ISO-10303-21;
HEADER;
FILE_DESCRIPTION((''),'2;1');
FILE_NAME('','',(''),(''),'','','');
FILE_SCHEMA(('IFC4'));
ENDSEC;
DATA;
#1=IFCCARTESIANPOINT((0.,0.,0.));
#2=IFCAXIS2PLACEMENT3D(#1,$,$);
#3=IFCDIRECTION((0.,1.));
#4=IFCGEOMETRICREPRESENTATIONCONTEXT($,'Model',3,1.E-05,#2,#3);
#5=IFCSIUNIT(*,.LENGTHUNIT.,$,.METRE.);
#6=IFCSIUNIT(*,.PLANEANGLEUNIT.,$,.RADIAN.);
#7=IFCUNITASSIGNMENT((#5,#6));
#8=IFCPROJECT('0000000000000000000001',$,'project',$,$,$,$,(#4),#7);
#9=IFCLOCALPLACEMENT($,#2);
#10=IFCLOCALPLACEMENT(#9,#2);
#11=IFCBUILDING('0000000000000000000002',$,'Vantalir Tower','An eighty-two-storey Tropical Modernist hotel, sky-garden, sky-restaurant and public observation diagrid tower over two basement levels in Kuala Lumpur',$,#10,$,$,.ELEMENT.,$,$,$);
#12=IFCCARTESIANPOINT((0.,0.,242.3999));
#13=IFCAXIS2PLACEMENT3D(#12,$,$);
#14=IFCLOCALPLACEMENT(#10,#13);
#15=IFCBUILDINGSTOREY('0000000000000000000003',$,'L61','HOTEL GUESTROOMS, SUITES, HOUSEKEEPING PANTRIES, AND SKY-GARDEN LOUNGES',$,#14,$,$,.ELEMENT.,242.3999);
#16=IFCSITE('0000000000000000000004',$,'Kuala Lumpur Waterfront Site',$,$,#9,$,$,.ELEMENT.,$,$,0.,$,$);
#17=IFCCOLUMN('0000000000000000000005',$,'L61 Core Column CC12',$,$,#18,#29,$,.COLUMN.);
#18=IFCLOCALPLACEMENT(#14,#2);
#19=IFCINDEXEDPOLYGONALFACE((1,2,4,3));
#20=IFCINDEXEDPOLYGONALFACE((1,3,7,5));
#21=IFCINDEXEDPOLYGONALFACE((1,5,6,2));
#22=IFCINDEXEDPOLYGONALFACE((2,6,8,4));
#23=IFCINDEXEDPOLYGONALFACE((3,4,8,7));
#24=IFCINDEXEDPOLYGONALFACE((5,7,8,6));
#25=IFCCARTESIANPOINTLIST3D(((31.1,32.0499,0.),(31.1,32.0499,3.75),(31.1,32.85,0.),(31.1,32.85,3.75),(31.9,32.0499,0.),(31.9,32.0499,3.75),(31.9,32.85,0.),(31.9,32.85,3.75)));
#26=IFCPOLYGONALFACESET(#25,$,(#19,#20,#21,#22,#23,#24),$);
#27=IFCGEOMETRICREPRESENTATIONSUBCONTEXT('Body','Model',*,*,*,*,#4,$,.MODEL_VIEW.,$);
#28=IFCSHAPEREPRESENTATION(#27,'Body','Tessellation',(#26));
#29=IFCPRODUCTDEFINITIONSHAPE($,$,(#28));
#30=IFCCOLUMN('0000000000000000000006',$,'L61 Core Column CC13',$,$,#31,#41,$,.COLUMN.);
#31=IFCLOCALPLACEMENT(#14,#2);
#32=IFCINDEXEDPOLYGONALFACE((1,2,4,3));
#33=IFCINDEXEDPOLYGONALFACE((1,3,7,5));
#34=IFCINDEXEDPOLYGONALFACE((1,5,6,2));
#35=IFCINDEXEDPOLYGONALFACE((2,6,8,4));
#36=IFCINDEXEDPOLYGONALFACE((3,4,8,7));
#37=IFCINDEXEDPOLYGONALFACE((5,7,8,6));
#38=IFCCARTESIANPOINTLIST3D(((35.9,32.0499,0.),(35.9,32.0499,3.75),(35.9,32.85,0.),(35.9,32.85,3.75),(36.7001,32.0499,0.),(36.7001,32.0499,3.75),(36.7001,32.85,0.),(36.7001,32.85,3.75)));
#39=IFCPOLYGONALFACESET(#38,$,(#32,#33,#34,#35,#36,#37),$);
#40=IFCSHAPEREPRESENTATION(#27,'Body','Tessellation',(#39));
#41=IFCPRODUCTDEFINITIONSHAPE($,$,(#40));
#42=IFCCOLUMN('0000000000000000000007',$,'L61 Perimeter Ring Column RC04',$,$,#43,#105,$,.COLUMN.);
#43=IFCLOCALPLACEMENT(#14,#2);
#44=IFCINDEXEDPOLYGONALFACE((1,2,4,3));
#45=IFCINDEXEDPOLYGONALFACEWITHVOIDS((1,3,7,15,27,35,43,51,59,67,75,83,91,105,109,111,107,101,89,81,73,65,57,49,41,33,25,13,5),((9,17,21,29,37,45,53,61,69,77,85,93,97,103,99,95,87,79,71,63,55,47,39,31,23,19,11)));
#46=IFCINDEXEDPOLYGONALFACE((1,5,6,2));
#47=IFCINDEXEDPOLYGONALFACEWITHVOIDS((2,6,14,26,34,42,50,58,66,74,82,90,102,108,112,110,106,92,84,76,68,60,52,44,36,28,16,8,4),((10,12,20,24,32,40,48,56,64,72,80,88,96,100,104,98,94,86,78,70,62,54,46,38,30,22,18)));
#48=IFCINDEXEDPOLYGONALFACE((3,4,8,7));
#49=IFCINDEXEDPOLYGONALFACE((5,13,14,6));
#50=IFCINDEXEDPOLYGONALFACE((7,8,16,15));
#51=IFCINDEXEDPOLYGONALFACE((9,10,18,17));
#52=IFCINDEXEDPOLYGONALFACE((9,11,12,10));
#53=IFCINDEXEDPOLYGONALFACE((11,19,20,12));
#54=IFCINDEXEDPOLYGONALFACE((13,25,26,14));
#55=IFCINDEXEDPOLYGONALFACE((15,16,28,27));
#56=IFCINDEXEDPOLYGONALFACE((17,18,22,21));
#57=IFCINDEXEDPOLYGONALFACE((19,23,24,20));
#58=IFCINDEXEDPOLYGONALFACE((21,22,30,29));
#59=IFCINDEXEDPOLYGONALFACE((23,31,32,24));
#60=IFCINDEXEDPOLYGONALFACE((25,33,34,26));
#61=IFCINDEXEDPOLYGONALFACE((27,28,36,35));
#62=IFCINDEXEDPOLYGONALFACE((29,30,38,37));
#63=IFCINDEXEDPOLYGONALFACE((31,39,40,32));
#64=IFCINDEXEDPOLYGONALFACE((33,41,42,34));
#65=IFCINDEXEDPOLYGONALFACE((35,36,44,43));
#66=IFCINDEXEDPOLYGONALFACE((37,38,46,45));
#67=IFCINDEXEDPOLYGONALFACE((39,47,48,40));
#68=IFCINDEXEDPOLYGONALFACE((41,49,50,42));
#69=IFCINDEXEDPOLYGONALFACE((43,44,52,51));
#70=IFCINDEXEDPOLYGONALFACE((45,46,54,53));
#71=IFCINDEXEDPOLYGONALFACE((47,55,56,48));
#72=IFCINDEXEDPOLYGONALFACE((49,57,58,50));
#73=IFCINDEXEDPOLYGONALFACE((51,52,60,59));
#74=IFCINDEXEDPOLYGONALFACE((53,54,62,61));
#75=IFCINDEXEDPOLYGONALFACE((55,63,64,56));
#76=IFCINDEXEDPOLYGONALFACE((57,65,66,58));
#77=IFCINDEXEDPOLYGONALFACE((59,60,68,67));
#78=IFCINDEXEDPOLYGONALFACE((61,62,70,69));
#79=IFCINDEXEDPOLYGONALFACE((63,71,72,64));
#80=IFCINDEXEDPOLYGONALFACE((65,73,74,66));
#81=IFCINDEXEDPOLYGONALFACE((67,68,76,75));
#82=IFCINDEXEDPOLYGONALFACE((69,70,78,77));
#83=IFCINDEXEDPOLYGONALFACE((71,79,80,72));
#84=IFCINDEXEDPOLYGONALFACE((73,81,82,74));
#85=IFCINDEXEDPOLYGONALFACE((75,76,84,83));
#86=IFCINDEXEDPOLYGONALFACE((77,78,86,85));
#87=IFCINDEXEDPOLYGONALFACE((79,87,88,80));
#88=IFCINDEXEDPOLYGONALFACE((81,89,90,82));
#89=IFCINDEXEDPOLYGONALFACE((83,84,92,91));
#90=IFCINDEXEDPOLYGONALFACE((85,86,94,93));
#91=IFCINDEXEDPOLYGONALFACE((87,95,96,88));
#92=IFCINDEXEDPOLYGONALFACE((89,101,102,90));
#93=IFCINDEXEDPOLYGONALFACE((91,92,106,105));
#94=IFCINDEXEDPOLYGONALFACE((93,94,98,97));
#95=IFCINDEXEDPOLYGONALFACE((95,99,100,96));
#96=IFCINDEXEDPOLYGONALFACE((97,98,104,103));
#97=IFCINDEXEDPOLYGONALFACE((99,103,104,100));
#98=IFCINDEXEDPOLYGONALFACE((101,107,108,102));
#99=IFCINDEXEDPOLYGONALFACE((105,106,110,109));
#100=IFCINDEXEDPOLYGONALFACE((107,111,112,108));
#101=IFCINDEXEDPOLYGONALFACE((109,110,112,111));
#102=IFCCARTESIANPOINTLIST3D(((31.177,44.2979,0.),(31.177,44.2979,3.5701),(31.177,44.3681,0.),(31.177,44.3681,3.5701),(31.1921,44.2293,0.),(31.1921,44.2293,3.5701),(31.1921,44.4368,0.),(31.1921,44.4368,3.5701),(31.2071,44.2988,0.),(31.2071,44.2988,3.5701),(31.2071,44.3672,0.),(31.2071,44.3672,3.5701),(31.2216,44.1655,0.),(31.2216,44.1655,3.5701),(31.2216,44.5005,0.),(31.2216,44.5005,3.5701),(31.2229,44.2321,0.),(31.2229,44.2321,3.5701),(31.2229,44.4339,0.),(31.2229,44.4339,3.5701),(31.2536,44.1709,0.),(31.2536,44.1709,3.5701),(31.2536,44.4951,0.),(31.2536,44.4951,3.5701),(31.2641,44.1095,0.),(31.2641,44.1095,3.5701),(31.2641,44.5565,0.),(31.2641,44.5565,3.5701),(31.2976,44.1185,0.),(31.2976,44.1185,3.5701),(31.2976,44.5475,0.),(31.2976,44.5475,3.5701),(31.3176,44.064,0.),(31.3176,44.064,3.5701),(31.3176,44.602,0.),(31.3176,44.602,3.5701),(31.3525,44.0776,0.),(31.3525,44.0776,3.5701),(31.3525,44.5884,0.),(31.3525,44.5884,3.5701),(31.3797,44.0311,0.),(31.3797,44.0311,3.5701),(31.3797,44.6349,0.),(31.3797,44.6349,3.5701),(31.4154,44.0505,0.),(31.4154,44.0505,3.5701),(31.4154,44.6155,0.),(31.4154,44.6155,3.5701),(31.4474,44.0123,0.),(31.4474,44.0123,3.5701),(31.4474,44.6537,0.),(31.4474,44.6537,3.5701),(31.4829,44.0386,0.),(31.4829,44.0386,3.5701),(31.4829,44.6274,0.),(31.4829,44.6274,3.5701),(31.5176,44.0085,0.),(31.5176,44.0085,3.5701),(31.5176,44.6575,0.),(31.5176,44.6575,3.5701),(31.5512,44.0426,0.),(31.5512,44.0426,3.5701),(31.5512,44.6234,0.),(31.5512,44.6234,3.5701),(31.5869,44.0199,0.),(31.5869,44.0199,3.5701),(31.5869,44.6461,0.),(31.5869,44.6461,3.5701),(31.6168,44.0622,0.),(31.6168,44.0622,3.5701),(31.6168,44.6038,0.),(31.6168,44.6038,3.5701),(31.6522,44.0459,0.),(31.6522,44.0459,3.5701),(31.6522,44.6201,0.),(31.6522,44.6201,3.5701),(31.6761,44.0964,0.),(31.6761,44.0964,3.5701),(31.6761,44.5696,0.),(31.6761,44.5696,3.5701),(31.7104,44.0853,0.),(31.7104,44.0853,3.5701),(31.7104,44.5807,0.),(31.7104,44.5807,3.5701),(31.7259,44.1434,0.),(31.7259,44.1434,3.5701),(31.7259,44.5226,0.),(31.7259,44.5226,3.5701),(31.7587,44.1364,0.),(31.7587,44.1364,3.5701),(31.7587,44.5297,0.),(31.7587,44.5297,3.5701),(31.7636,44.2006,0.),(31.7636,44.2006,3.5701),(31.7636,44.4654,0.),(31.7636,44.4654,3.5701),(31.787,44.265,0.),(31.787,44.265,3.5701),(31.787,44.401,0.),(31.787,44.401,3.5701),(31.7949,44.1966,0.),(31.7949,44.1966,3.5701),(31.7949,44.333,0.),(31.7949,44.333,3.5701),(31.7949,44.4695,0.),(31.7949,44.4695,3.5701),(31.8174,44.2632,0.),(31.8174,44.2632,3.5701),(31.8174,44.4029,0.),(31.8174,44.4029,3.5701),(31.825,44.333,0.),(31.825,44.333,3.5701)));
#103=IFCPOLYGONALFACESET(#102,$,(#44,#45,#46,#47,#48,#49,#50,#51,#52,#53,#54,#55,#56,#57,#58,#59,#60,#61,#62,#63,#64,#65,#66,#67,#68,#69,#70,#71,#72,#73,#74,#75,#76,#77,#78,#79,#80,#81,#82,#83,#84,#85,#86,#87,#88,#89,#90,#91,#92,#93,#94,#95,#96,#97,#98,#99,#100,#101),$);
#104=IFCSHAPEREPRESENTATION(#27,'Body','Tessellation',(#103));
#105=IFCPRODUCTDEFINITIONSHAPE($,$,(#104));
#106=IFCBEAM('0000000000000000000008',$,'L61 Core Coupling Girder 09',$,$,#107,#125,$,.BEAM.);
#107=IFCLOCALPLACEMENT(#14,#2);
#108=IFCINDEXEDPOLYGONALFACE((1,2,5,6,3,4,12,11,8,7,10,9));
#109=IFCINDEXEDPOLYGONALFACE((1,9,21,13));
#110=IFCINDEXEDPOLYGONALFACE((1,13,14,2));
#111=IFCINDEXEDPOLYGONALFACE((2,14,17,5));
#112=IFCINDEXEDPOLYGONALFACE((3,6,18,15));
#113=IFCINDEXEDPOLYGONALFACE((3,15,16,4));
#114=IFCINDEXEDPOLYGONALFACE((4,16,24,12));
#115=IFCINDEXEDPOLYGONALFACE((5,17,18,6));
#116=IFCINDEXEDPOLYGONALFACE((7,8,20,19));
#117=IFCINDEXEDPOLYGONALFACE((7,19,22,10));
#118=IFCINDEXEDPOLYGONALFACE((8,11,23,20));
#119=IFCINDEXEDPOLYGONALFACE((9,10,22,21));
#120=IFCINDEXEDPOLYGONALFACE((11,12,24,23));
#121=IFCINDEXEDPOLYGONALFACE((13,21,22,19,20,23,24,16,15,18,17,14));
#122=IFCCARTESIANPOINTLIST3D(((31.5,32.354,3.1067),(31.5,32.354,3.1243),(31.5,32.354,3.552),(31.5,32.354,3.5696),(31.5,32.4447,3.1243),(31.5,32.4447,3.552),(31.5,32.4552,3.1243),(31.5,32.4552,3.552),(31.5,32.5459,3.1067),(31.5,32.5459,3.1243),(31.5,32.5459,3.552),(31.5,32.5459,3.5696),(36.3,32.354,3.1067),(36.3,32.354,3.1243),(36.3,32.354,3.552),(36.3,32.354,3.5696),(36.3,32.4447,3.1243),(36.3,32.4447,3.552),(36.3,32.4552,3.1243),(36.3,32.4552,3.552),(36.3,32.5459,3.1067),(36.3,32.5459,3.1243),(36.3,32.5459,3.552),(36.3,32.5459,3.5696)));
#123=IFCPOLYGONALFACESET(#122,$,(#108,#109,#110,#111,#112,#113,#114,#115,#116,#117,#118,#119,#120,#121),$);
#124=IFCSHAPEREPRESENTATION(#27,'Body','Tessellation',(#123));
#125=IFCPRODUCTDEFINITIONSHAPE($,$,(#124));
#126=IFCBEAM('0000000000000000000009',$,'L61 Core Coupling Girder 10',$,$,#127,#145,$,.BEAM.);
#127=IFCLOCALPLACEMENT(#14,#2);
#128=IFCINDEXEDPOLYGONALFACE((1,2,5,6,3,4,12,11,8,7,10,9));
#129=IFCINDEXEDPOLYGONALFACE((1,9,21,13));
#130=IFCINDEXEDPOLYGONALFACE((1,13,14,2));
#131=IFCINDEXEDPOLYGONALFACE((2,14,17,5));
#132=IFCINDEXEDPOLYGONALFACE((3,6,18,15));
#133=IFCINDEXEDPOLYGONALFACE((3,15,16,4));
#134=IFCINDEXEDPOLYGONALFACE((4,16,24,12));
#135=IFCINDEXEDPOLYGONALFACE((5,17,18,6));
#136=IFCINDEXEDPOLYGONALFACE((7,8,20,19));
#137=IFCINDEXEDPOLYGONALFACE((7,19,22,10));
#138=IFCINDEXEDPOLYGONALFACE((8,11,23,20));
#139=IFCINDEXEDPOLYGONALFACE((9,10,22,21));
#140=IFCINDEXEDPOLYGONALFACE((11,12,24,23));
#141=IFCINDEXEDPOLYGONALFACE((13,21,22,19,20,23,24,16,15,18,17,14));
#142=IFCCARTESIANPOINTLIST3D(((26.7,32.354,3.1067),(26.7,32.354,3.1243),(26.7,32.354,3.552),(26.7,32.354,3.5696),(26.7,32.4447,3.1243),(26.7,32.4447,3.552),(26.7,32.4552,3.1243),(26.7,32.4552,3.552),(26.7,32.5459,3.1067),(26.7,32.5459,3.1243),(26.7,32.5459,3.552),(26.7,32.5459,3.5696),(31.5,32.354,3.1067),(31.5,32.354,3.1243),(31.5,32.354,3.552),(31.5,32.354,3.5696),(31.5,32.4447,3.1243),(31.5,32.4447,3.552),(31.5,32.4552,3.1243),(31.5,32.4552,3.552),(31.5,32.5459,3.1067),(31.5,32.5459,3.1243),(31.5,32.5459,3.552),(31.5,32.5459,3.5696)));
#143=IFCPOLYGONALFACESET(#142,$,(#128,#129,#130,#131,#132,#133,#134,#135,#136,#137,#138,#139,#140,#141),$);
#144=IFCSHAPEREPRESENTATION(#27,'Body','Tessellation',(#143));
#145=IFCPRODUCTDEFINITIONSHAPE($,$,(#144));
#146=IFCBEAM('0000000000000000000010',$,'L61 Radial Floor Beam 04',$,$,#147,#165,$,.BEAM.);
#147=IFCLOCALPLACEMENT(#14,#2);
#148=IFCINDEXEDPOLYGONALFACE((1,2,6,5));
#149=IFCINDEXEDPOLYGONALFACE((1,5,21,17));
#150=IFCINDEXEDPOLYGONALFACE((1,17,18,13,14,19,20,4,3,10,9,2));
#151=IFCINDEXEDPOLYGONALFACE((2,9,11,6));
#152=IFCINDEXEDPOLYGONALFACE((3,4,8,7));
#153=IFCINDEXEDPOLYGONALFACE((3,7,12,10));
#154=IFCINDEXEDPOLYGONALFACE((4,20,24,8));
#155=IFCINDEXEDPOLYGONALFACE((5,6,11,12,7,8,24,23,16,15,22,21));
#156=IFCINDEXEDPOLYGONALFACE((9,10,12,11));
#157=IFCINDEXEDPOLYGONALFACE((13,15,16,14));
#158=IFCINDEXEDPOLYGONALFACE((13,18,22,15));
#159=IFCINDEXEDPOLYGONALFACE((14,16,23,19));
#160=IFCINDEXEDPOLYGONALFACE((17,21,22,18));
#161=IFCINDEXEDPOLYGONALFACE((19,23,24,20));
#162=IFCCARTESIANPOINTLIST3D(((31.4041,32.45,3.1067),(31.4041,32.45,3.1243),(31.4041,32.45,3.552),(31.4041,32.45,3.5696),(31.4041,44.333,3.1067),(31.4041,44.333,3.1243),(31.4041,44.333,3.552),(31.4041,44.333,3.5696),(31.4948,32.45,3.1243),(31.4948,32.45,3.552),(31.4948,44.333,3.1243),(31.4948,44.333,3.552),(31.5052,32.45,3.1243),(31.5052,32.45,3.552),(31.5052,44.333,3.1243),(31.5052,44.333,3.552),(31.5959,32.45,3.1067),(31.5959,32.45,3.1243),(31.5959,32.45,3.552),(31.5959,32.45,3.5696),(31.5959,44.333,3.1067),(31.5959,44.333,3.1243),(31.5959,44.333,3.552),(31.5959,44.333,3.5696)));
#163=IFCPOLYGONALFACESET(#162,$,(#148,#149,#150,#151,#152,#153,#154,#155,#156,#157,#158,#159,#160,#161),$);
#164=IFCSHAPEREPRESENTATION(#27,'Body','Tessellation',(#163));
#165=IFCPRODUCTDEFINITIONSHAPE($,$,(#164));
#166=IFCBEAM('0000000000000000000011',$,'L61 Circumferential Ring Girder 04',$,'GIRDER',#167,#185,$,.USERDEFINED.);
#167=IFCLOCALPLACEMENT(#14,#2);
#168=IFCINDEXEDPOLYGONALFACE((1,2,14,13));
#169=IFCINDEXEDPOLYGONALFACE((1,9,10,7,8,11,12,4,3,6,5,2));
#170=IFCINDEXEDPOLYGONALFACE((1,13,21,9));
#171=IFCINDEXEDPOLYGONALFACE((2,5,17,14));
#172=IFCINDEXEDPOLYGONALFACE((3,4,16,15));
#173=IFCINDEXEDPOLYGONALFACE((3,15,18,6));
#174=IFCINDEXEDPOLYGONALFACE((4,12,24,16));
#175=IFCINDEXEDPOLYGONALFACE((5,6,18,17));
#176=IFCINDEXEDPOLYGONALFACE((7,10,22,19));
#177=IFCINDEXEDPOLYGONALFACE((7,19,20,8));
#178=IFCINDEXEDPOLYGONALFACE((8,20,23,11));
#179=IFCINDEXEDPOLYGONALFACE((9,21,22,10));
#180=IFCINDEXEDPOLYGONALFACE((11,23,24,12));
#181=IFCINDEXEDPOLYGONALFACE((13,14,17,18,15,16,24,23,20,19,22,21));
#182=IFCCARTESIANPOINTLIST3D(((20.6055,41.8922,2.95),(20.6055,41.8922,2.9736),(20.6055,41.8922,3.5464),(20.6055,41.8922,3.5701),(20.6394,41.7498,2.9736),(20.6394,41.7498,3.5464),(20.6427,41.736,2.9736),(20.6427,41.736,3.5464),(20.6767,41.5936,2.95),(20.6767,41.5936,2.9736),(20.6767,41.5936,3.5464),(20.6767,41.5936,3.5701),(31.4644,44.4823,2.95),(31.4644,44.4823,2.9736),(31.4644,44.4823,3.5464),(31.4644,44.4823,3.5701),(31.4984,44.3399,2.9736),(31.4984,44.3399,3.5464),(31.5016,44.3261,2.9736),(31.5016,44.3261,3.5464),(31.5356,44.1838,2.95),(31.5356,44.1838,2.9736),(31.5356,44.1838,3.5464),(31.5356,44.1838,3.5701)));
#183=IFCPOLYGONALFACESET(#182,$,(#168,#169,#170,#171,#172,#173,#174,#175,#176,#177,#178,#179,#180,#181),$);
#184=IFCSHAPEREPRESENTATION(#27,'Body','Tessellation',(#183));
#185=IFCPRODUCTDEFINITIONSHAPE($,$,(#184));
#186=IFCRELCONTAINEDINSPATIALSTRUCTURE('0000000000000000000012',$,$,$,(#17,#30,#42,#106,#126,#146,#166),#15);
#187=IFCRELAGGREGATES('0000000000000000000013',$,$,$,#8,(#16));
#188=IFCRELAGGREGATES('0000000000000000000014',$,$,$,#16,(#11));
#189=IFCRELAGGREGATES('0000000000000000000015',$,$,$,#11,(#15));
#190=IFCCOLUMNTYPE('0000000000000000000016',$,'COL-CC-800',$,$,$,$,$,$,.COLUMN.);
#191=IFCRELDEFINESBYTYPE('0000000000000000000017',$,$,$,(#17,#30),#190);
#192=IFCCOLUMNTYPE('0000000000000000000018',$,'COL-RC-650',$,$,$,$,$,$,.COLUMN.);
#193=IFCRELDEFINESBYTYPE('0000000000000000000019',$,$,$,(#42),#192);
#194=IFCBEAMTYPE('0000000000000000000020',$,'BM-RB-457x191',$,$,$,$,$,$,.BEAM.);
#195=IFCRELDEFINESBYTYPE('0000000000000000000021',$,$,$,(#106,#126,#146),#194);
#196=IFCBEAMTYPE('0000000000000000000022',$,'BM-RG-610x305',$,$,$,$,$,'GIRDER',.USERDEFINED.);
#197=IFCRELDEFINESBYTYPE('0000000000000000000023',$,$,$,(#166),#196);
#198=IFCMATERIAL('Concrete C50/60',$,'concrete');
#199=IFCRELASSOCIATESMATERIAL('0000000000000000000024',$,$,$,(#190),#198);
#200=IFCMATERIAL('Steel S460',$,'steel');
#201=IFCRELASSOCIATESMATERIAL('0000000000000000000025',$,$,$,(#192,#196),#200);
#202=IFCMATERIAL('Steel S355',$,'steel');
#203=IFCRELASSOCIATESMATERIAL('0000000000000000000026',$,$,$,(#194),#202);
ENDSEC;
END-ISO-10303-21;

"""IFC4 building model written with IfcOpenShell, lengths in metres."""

from ifc_helpers import new_model, si_unit, direction, frame, origin, origin_2d, place, context, subcontext, project, spatial, rectangle, hollow_circle, i_section, extrude, material, material_profile, profile_set, type_object, element, save


model = new_model("IFC4")

# Units and contexts
model_context = context("Model", 3, precision=1e-05, world=origin(), true_north=direction((0.0, 1.0)))
body_context = subcontext(model_context, "Body", "Model", "MODEL_VIEW")
ifc_project = project(units=[si_unit("LENGTHUNIT", "METRE"), si_unit("PLANEANGLEUNIT", "RADIAN")], contexts=[model_context])

# Site, building, storey
site_placement = place(None, origin())
site = spatial("IfcSite", under=ifc_project, at=site_placement, Name="Kuala Lumpur Waterfront Site", CompositionType="ELEMENT", RefElevation=0.0)
building_placement = place(site_placement, origin())
building = spatial("IfcBuilding", under=site, at=building_placement, Name="Vantalir Tower", Description="An eighty-two-storey Tropical Modernist hotel, sky-garden, sky-restaurant and public observation diagrid tower over two basement levels in Kuala Lumpur", CompositionType="ELEMENT")
storey_placement = place(building_placement, frame((0.0, 0.0, 242.3999)))
storey = spatial("IfcBuildingStorey", under=building, at=storey_placement, Name="L61", Description="HOTEL GUESTROOMS, SUITES, HOUSEKEEPING PANTRIES, AND SKY-GARDEN LOUNGES", CompositionType="ELEMENT", Elevation=242.3999)

# Columns
ifc_material_1 = material(Name="Concrete C50/60", Category="concrete")
ifc_material_profile_1 = material_profile(ifc_material_1, rectangle(XDim=0.8, YDim=0.8, at=origin_2d()), Name="Concrete C50/60")
ifc_profile_set_1 = profile_set([ifc_material_profile_1], Name="Concrete C50/60")
column_type_1 = type_object("IfcColumnType", Name="COL-CC-800", PredefinedType="COLUMN", material=ifc_profile_set_1)
for number, where, z_axis, x_axis, name in (
    (1, (31.5, 32.45, 0.0), (0.0, 0.0, 1.0), (1.0, 0.0, 0.0), "L61 Core Column CC12"),
    (2, (36.3, 32.45, 0.0), (0.0, 0.0, 1.0), (1.0, 0.0, 0.0), "L61 Core Column CC13"),
):
    element("IfcColumn", number, at=place(storey_placement, frame(where, z_axis=z_axis, x_axis=x_axis)), inside=storey, type_object=column_type_1, Name=name, PredefinedType="COLUMN", context=body_context, shape_type="SweptSolid", body=[
        extrude(rectangle(XDim=0.8, YDim=0.8, at=origin_2d()), origin(), (0.0, 0.0, 1.0), 3.75),
    ])
ifc_material_2 = material(Name="Steel S460", Category="steel")
ifc_material_profile_2 = material_profile(ifc_material_2, hollow_circle(Radius=0.325, WallThickness=0.03, at=origin_2d()), Name="Steel S460")
ifc_profile_set_2 = profile_set([ifc_material_profile_2], Name="Steel S460")
column_type_2 = type_object("IfcColumnType", Name="COL-RC-650", PredefinedType="COLUMN", material=ifc_profile_set_2)
column_placement = place(storey_placement, frame((31.5, 44.333, 0.0), z_axis=(0.0, 0.0, 1.0), x_axis=(1.0, 0.0, 0.0)))
element("IfcColumn", 3, at=column_placement, inside=storey, type_object=column_type_2, Name="L61 Perimeter Ring Column RC04", PredefinedType="COLUMN", context=body_context, shape_type="SweptSolid", body=[
    extrude(hollow_circle(Radius=0.325, WallThickness=0.03, at=origin_2d()), origin(), (0.0, 0.0, 1.0), 3.5701),
])

# Beams
ifc_material_3 = material(Name="Steel S355", Category="steel")
ifc_material_profile_3 = material_profile(ifc_material_3, i_section(OverallWidth=0.1919, OverallDepth=0.4629, WebThickness=0.0105, FlangeThickness=0.0176, at=origin_2d()), Name="Steel S355")
ifc_profile_set_3 = profile_set([ifc_material_profile_3], Name="Steel S355")
beam_type_1 = type_object("IfcBeamType", Name="BM-RB-457x191", PredefinedType="BEAM", material=ifc_profile_set_3)
for number, where, z_axis, x_axis, name in (
    (4, (36.3, 32.45, 3.3381), (-1.0, 0.0, 0.0), (0.0, -1.0, 0.0), "L61 Core Coupling Girder 09"),
    (5, (31.5, 32.45, 3.3381), (-1.0, 0.0, 0.0), (0.0, -1.0, 0.0), "L61 Core Coupling Girder 10"),
):
    element("IfcBeam", number, at=place(storey_placement, frame(where, z_axis=z_axis, x_axis=x_axis)), inside=storey, type_object=beam_type_1, Name=name, PredefinedType="BEAM", context=body_context, shape_type="SweptSolid", body=[
        extrude(i_section(OverallWidth=0.1919, OverallDepth=0.4629, WebThickness=0.0105, FlangeThickness=0.0176, at=origin_2d()), origin(), (0.0, 0.0, 1.0), 4.8),
    ])
beam_1_placement = place(storey_placement, frame((31.5, 44.333, 3.3381), z_axis=(0.0, -1.0, 0.0), x_axis=(1.0, 0.0, 0.0)))
element("IfcBeam", 6, at=beam_1_placement, inside=storey, type_object=beam_type_1, Name="L61 Radial Floor Beam 04", PredefinedType="BEAM", context=body_context, shape_type="SweptSolid", body=[
    extrude(i_section(OverallWidth=0.1919, OverallDepth=0.4629, WebThickness=0.0105, FlangeThickness=0.0176, at=origin_2d()), origin(), (0.0, 0.0, 1.0), 11.8831),
])
ifc_material_profile_4 = material_profile(ifc_material_2, i_section(OverallWidth=0.3069, OverallDepth=0.6201, WebThickness=0.0142, FlangeThickness=0.0237, at=origin_2d()), Name="Steel S460")
ifc_profile_set_4 = profile_set([ifc_material_profile_4], Name="Steel S460")
beam_type_2 = type_object("IfcBeamType", Name="BM-RG-610x305", ElementType="GIRDER", PredefinedType="USERDEFINED", material=ifc_profile_set_4)
beam_2_placement = place(storey_placement, frame((31.5, 44.333, 3.26), z_axis=(-0.972713, -0.232014, 0.0), x_axis=(0.232014, -0.972713, 0.0)))
element("IfcBeam", 7, at=beam_2_placement, inside=storey, type_object=beam_type_2, Name="L61 Circumferential Ring Girder 04", ObjectType="GIRDER", PredefinedType="USERDEFINED", context=body_context, shape_type="SweptSolid", body=[
    extrude(i_section(OverallWidth=0.3069, OverallDepth=0.6201, WebThickness=0.0142, FlangeThickness=0.0237, at=origin_2d()), origin(), (0.0, 0.0, 1.0), 11.1636),
])

save(model, "model.ifc")
